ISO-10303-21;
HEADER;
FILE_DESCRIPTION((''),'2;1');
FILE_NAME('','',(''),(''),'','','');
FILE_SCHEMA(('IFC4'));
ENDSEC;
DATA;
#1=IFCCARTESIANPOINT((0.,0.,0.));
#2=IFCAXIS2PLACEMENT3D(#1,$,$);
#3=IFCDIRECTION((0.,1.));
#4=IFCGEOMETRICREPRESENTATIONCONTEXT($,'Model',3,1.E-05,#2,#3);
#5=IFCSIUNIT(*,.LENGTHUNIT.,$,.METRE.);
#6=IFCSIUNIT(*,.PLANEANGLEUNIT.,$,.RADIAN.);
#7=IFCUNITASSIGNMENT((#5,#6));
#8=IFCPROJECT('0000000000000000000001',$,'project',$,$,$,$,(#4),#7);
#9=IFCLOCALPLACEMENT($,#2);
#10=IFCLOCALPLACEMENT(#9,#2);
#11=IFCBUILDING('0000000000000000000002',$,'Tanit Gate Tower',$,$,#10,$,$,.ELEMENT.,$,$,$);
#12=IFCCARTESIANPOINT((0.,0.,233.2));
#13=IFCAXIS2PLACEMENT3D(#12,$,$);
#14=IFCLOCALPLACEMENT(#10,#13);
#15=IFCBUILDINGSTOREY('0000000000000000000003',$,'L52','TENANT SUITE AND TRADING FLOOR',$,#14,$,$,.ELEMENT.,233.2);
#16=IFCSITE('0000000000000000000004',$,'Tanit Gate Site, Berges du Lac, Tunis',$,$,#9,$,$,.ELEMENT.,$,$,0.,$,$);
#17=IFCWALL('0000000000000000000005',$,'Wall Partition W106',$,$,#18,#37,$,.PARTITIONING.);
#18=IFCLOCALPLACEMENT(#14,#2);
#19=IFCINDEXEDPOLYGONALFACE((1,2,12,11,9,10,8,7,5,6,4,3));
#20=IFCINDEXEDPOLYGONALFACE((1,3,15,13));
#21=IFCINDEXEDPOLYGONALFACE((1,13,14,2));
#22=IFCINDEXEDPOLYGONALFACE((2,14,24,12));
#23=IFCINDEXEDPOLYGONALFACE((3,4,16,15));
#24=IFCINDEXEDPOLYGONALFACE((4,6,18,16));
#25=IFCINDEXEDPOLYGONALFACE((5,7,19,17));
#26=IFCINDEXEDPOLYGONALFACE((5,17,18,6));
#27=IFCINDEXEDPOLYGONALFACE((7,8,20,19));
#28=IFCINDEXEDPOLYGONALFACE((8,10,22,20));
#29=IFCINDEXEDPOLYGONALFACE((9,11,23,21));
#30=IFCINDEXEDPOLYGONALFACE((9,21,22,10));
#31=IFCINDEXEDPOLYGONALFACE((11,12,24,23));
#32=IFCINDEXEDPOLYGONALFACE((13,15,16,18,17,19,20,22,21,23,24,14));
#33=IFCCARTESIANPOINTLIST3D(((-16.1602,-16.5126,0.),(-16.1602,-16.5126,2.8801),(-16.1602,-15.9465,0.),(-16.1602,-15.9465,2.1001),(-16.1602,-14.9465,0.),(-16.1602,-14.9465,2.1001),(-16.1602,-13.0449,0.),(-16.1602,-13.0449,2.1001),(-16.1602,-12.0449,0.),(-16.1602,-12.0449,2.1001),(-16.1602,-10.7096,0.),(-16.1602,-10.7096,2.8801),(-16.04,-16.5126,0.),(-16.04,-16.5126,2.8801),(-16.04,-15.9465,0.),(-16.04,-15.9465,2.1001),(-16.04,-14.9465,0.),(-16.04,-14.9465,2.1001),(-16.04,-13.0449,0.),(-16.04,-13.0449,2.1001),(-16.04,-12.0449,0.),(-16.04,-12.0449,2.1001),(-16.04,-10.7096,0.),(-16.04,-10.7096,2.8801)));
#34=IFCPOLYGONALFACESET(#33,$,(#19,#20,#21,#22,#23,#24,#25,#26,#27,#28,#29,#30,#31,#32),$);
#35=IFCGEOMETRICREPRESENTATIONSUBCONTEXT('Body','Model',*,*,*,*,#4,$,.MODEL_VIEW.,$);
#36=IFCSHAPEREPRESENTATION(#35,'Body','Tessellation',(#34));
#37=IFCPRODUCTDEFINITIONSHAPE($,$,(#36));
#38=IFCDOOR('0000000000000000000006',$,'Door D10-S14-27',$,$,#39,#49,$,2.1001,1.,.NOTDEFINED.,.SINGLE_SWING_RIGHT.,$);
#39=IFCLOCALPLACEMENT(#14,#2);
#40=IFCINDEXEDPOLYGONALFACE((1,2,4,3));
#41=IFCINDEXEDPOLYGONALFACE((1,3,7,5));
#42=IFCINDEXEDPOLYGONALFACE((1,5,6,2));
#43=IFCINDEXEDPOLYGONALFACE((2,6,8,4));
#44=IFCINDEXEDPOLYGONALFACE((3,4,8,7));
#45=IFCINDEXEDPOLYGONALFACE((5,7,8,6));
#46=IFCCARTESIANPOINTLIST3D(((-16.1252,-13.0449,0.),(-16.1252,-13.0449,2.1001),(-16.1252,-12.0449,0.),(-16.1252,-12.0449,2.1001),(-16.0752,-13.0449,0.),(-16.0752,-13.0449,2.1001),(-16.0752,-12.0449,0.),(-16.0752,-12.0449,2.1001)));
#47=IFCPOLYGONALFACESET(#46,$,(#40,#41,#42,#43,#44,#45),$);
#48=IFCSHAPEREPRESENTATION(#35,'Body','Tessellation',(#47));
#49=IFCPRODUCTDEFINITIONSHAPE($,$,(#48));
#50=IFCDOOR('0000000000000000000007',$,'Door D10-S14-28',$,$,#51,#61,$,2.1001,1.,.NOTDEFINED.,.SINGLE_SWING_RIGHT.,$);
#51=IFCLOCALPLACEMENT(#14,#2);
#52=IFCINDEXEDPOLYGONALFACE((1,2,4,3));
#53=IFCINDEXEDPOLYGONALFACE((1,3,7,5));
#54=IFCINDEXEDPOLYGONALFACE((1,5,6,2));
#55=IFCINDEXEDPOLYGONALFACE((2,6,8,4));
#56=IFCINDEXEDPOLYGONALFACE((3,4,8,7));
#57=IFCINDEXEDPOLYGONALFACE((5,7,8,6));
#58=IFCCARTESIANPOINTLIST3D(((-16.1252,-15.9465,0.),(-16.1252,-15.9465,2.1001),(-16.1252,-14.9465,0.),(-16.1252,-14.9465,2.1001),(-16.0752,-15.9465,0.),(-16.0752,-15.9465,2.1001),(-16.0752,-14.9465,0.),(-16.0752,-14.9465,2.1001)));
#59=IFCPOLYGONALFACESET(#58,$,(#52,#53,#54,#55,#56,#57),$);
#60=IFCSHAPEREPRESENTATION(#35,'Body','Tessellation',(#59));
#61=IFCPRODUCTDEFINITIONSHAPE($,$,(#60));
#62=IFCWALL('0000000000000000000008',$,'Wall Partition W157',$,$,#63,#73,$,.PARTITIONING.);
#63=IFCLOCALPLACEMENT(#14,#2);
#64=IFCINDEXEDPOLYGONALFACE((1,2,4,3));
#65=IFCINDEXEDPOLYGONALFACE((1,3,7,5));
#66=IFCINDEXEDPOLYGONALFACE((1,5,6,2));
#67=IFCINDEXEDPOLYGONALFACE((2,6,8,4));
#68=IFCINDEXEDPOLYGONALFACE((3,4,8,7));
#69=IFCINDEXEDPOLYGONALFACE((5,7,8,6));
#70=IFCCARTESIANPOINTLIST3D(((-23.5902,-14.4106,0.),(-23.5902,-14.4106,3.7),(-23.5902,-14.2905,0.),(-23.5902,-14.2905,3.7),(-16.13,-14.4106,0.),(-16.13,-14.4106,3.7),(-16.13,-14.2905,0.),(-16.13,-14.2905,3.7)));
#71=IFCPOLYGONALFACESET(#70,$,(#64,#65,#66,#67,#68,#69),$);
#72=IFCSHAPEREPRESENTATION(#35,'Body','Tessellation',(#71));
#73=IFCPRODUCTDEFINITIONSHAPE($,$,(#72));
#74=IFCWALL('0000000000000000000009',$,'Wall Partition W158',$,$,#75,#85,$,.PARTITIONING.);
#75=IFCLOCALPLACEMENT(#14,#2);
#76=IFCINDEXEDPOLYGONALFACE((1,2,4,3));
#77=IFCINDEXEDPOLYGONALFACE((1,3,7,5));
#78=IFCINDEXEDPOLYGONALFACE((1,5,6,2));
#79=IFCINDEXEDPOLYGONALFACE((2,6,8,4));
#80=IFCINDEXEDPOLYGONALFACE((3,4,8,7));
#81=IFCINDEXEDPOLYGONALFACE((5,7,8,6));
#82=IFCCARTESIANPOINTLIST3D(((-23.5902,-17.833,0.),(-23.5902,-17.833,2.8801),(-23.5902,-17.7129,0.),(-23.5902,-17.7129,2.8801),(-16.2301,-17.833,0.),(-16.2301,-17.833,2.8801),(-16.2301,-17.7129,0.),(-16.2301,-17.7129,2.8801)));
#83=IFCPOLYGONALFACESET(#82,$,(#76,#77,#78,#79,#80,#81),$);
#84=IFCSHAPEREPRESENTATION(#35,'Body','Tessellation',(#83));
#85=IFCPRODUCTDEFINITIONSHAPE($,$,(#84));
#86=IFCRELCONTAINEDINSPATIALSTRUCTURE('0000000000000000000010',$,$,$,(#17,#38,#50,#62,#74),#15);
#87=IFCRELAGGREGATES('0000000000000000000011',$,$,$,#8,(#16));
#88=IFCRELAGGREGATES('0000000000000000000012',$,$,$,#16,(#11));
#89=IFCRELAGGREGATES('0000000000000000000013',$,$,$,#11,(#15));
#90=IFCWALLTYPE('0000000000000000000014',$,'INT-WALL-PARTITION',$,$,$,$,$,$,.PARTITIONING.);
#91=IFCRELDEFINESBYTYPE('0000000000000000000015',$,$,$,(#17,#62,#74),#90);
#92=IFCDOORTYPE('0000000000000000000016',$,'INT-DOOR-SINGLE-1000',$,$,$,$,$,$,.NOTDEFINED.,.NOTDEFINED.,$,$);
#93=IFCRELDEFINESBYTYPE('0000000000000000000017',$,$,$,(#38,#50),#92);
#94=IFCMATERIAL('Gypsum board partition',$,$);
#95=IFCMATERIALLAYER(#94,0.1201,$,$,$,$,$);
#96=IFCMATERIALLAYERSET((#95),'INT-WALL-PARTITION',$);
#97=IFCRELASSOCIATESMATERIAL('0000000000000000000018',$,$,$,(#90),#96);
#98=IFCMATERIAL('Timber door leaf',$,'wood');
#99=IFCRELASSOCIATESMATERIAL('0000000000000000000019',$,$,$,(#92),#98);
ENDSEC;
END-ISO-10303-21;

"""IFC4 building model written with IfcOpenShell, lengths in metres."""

from ifc_helpers import new_model, si_unit, direction, frame, frame_2d, origin, place, context, subcontext, project, spatial, rectangle, extrude, material, layer, layer_set, type_object, element, fill, save


model = new_model("IFC4")

# Units and contexts
model_context = context("Model", 3, precision=1e-05, world=origin(), true_north=direction((0.0, 1.0)))
body_context = subcontext(model_context, "Body", "Model", "MODEL_VIEW")
ifc_project = project(units=[si_unit("LENGTHUNIT", "METRE"), si_unit("PLANEANGLEUNIT", "RADIAN")], contexts=[model_context])

# Site, building, storey
site_placement = place(None, origin())
site = spatial("IfcSite", under=ifc_project, at=site_placement, Name="Tanit Gate Site, Berges du Lac, Tunis", CompositionType="ELEMENT", RefElevation=0.0)
building_placement = place(site_placement, origin())
building = spatial("IfcBuilding", under=site, at=building_placement, Name="Tanit Gate Tower", CompositionType="ELEMENT")
storey_placement = place(building_placement, frame((0.0, 0.0, 233.2)))
storey = spatial("IfcBuildingStorey", under=building, at=storey_placement, Name="L52", Description="TENANT SUITE AND TRADING FLOOR", CompositionType="ELEMENT", Elevation=233.2)

# Wall, openings, doors
ifc_material_1 = material(Name="Gypsum board partition")
ifc_layer_1 = layer(ifc_material_1, 0.1201)
ifc_layer_set_1 = layer_set([ifc_layer_1], Name="INT-WALL-PARTITION")
wall_type_1 = type_object("IfcWallType", Name="INT-WALL-PARTITION", PredefinedType="PARTITIONING", material=ifc_layer_set_1)
wall_1_placement = place(storey_placement, frame((-16.1001, -10.7097, 0.0), z_axis=(0.0, 0.0, 1.0), x_axis=(0.0, -1.0, 0.0)))
wall_1 = element("IfcWall", 1, at=wall_1_placement, inside=storey, type_object=wall_type_1, Name="Wall Partition W106", PredefinedType="PARTITIONING", context=body_context, shape_type="SweptSolid", body=[
    extrude(rectangle(XDim=5.803, YDim=0.1201, at=frame_2d((2.9014, 0.0))), origin(), (0.0, 0.0, 1.0), 2.8801),
])
opening_1_placement = place(wall_1_placement, frame((1.3352, 0.0, 0.0)))
opening_1 = element("IfcOpeningElement", 2, at=opening_1_placement, cuts=wall_1, PredefinedType="OPENING", context=body_context, shape_type="SweptSolid", body=[
    extrude(rectangle(XDim=1.0, YDim=2.1001, at=frame_2d((0.5, 1.05))), frame((0.0, 0.0701, 0.0), z_axis=(0.0, -1.0, 0.0), x_axis=(1.0, 0.0, 0.0)), (0.0, 0.0, 1.0), 0.1401),
])
opening_2_placement = place(wall_1_placement, frame((4.2368, 0.0, 0.0)))
opening_2 = element("IfcOpeningElement", 3, at=opening_2_placement, cuts=wall_1, PredefinedType="OPENING", context=body_context, shape_type="SweptSolid", body=[
    extrude(rectangle(XDim=1.0, YDim=2.1001, at=frame_2d((0.5, 1.05))), frame((0.0, 0.0701, 0.0), z_axis=(0.0, -1.0, 0.0), x_axis=(1.0, 0.0, 0.0)), (0.0, 0.0, 1.0), 0.1401),
])
ifc_material_2 = material(Name="Timber door leaf", Category="wood")
door_type = type_object("IfcDoorType", Name="INT-DOOR-SINGLE-1000", OperationType="NOTDEFINED", PredefinedType="NOTDEFINED", material=ifc_material_2)
door_1_placement = place(opening_1_placement, origin())
door_1 = element("IfcDoor", 4, at=door_1_placement, inside=storey, type_object=door_type, Name="Door D10-S14-27", OperationType="SINGLE_SWING_RIGHT", OverallHeight=2.1001, OverallWidth=1.0, PredefinedType="NOTDEFINED", context=body_context, shape_type="SweptSolid", body=[
    extrude(rectangle(XDim=1.0, YDim=2.1001, at=frame_2d((0.5, 1.05))), frame((0.0, 0.0249, 0.0), z_axis=(0.0, -1.0, 0.0), x_axis=(1.0, 0.0, 0.0)), (0.0, 0.0, 1.0), 0.05),
])
fill(opening_1, door_1)
door_2_placement = place(opening_2_placement, origin())
door_2 = element("IfcDoor", 5, at=door_2_placement, inside=storey, type_object=door_type, Name="Door D10-S14-28", OperationType="SINGLE_SWING_RIGHT", OverallHeight=2.1001, OverallWidth=1.0, PredefinedType="NOTDEFINED", context=body_context, shape_type="SweptSolid", body=[
    extrude(rectangle(XDim=1.0, YDim=2.1001, at=frame_2d((0.5, 1.05))), frame((0.0, 0.0249, 0.0), z_axis=(0.0, -1.0, 0.0), x_axis=(1.0, 0.0, 0.0)), (0.0, 0.0, 1.0), 0.05),
])
fill(opening_2, door_2)

# Walls
wall_2_placement = place(storey_placement, frame((-23.5901, -14.3506, 0.0), z_axis=(0.0, 0.0, 1.0), x_axis=(1.0, 0.0, 0.0)))
element("IfcWall", 6, at=wall_2_placement, inside=storey, type_object=wall_type_1, Name="Wall Partition W157", PredefinedType="PARTITIONING", context=body_context, shape_type="SweptSolid", body=[
    extrude(rectangle(XDim=7.4602, YDim=0.1201, at=frame_2d((3.73, 0.0))), origin(), (0.0, 0.0, 1.0), 3.7),
])
wall_3_placement = place(storey_placement, frame((-16.23, -17.7729, 0.0), z_axis=(0.0, 0.0, 1.0), x_axis=(-1.0, 0.0, 0.0)))
element("IfcWall", 7, at=wall_3_placement, inside=storey, type_object=wall_type_1, Name="Wall Partition W158", PredefinedType="PARTITIONING", context=body_context, shape_type="SweptSolid", body=[
    extrude(rectangle(XDim=7.3601, YDim=0.1201, at=frame_2d((3.6802, 0.0))), origin(), (0.0, 0.0, 1.0), 2.8801),
])

save(model, "model.ifc")
